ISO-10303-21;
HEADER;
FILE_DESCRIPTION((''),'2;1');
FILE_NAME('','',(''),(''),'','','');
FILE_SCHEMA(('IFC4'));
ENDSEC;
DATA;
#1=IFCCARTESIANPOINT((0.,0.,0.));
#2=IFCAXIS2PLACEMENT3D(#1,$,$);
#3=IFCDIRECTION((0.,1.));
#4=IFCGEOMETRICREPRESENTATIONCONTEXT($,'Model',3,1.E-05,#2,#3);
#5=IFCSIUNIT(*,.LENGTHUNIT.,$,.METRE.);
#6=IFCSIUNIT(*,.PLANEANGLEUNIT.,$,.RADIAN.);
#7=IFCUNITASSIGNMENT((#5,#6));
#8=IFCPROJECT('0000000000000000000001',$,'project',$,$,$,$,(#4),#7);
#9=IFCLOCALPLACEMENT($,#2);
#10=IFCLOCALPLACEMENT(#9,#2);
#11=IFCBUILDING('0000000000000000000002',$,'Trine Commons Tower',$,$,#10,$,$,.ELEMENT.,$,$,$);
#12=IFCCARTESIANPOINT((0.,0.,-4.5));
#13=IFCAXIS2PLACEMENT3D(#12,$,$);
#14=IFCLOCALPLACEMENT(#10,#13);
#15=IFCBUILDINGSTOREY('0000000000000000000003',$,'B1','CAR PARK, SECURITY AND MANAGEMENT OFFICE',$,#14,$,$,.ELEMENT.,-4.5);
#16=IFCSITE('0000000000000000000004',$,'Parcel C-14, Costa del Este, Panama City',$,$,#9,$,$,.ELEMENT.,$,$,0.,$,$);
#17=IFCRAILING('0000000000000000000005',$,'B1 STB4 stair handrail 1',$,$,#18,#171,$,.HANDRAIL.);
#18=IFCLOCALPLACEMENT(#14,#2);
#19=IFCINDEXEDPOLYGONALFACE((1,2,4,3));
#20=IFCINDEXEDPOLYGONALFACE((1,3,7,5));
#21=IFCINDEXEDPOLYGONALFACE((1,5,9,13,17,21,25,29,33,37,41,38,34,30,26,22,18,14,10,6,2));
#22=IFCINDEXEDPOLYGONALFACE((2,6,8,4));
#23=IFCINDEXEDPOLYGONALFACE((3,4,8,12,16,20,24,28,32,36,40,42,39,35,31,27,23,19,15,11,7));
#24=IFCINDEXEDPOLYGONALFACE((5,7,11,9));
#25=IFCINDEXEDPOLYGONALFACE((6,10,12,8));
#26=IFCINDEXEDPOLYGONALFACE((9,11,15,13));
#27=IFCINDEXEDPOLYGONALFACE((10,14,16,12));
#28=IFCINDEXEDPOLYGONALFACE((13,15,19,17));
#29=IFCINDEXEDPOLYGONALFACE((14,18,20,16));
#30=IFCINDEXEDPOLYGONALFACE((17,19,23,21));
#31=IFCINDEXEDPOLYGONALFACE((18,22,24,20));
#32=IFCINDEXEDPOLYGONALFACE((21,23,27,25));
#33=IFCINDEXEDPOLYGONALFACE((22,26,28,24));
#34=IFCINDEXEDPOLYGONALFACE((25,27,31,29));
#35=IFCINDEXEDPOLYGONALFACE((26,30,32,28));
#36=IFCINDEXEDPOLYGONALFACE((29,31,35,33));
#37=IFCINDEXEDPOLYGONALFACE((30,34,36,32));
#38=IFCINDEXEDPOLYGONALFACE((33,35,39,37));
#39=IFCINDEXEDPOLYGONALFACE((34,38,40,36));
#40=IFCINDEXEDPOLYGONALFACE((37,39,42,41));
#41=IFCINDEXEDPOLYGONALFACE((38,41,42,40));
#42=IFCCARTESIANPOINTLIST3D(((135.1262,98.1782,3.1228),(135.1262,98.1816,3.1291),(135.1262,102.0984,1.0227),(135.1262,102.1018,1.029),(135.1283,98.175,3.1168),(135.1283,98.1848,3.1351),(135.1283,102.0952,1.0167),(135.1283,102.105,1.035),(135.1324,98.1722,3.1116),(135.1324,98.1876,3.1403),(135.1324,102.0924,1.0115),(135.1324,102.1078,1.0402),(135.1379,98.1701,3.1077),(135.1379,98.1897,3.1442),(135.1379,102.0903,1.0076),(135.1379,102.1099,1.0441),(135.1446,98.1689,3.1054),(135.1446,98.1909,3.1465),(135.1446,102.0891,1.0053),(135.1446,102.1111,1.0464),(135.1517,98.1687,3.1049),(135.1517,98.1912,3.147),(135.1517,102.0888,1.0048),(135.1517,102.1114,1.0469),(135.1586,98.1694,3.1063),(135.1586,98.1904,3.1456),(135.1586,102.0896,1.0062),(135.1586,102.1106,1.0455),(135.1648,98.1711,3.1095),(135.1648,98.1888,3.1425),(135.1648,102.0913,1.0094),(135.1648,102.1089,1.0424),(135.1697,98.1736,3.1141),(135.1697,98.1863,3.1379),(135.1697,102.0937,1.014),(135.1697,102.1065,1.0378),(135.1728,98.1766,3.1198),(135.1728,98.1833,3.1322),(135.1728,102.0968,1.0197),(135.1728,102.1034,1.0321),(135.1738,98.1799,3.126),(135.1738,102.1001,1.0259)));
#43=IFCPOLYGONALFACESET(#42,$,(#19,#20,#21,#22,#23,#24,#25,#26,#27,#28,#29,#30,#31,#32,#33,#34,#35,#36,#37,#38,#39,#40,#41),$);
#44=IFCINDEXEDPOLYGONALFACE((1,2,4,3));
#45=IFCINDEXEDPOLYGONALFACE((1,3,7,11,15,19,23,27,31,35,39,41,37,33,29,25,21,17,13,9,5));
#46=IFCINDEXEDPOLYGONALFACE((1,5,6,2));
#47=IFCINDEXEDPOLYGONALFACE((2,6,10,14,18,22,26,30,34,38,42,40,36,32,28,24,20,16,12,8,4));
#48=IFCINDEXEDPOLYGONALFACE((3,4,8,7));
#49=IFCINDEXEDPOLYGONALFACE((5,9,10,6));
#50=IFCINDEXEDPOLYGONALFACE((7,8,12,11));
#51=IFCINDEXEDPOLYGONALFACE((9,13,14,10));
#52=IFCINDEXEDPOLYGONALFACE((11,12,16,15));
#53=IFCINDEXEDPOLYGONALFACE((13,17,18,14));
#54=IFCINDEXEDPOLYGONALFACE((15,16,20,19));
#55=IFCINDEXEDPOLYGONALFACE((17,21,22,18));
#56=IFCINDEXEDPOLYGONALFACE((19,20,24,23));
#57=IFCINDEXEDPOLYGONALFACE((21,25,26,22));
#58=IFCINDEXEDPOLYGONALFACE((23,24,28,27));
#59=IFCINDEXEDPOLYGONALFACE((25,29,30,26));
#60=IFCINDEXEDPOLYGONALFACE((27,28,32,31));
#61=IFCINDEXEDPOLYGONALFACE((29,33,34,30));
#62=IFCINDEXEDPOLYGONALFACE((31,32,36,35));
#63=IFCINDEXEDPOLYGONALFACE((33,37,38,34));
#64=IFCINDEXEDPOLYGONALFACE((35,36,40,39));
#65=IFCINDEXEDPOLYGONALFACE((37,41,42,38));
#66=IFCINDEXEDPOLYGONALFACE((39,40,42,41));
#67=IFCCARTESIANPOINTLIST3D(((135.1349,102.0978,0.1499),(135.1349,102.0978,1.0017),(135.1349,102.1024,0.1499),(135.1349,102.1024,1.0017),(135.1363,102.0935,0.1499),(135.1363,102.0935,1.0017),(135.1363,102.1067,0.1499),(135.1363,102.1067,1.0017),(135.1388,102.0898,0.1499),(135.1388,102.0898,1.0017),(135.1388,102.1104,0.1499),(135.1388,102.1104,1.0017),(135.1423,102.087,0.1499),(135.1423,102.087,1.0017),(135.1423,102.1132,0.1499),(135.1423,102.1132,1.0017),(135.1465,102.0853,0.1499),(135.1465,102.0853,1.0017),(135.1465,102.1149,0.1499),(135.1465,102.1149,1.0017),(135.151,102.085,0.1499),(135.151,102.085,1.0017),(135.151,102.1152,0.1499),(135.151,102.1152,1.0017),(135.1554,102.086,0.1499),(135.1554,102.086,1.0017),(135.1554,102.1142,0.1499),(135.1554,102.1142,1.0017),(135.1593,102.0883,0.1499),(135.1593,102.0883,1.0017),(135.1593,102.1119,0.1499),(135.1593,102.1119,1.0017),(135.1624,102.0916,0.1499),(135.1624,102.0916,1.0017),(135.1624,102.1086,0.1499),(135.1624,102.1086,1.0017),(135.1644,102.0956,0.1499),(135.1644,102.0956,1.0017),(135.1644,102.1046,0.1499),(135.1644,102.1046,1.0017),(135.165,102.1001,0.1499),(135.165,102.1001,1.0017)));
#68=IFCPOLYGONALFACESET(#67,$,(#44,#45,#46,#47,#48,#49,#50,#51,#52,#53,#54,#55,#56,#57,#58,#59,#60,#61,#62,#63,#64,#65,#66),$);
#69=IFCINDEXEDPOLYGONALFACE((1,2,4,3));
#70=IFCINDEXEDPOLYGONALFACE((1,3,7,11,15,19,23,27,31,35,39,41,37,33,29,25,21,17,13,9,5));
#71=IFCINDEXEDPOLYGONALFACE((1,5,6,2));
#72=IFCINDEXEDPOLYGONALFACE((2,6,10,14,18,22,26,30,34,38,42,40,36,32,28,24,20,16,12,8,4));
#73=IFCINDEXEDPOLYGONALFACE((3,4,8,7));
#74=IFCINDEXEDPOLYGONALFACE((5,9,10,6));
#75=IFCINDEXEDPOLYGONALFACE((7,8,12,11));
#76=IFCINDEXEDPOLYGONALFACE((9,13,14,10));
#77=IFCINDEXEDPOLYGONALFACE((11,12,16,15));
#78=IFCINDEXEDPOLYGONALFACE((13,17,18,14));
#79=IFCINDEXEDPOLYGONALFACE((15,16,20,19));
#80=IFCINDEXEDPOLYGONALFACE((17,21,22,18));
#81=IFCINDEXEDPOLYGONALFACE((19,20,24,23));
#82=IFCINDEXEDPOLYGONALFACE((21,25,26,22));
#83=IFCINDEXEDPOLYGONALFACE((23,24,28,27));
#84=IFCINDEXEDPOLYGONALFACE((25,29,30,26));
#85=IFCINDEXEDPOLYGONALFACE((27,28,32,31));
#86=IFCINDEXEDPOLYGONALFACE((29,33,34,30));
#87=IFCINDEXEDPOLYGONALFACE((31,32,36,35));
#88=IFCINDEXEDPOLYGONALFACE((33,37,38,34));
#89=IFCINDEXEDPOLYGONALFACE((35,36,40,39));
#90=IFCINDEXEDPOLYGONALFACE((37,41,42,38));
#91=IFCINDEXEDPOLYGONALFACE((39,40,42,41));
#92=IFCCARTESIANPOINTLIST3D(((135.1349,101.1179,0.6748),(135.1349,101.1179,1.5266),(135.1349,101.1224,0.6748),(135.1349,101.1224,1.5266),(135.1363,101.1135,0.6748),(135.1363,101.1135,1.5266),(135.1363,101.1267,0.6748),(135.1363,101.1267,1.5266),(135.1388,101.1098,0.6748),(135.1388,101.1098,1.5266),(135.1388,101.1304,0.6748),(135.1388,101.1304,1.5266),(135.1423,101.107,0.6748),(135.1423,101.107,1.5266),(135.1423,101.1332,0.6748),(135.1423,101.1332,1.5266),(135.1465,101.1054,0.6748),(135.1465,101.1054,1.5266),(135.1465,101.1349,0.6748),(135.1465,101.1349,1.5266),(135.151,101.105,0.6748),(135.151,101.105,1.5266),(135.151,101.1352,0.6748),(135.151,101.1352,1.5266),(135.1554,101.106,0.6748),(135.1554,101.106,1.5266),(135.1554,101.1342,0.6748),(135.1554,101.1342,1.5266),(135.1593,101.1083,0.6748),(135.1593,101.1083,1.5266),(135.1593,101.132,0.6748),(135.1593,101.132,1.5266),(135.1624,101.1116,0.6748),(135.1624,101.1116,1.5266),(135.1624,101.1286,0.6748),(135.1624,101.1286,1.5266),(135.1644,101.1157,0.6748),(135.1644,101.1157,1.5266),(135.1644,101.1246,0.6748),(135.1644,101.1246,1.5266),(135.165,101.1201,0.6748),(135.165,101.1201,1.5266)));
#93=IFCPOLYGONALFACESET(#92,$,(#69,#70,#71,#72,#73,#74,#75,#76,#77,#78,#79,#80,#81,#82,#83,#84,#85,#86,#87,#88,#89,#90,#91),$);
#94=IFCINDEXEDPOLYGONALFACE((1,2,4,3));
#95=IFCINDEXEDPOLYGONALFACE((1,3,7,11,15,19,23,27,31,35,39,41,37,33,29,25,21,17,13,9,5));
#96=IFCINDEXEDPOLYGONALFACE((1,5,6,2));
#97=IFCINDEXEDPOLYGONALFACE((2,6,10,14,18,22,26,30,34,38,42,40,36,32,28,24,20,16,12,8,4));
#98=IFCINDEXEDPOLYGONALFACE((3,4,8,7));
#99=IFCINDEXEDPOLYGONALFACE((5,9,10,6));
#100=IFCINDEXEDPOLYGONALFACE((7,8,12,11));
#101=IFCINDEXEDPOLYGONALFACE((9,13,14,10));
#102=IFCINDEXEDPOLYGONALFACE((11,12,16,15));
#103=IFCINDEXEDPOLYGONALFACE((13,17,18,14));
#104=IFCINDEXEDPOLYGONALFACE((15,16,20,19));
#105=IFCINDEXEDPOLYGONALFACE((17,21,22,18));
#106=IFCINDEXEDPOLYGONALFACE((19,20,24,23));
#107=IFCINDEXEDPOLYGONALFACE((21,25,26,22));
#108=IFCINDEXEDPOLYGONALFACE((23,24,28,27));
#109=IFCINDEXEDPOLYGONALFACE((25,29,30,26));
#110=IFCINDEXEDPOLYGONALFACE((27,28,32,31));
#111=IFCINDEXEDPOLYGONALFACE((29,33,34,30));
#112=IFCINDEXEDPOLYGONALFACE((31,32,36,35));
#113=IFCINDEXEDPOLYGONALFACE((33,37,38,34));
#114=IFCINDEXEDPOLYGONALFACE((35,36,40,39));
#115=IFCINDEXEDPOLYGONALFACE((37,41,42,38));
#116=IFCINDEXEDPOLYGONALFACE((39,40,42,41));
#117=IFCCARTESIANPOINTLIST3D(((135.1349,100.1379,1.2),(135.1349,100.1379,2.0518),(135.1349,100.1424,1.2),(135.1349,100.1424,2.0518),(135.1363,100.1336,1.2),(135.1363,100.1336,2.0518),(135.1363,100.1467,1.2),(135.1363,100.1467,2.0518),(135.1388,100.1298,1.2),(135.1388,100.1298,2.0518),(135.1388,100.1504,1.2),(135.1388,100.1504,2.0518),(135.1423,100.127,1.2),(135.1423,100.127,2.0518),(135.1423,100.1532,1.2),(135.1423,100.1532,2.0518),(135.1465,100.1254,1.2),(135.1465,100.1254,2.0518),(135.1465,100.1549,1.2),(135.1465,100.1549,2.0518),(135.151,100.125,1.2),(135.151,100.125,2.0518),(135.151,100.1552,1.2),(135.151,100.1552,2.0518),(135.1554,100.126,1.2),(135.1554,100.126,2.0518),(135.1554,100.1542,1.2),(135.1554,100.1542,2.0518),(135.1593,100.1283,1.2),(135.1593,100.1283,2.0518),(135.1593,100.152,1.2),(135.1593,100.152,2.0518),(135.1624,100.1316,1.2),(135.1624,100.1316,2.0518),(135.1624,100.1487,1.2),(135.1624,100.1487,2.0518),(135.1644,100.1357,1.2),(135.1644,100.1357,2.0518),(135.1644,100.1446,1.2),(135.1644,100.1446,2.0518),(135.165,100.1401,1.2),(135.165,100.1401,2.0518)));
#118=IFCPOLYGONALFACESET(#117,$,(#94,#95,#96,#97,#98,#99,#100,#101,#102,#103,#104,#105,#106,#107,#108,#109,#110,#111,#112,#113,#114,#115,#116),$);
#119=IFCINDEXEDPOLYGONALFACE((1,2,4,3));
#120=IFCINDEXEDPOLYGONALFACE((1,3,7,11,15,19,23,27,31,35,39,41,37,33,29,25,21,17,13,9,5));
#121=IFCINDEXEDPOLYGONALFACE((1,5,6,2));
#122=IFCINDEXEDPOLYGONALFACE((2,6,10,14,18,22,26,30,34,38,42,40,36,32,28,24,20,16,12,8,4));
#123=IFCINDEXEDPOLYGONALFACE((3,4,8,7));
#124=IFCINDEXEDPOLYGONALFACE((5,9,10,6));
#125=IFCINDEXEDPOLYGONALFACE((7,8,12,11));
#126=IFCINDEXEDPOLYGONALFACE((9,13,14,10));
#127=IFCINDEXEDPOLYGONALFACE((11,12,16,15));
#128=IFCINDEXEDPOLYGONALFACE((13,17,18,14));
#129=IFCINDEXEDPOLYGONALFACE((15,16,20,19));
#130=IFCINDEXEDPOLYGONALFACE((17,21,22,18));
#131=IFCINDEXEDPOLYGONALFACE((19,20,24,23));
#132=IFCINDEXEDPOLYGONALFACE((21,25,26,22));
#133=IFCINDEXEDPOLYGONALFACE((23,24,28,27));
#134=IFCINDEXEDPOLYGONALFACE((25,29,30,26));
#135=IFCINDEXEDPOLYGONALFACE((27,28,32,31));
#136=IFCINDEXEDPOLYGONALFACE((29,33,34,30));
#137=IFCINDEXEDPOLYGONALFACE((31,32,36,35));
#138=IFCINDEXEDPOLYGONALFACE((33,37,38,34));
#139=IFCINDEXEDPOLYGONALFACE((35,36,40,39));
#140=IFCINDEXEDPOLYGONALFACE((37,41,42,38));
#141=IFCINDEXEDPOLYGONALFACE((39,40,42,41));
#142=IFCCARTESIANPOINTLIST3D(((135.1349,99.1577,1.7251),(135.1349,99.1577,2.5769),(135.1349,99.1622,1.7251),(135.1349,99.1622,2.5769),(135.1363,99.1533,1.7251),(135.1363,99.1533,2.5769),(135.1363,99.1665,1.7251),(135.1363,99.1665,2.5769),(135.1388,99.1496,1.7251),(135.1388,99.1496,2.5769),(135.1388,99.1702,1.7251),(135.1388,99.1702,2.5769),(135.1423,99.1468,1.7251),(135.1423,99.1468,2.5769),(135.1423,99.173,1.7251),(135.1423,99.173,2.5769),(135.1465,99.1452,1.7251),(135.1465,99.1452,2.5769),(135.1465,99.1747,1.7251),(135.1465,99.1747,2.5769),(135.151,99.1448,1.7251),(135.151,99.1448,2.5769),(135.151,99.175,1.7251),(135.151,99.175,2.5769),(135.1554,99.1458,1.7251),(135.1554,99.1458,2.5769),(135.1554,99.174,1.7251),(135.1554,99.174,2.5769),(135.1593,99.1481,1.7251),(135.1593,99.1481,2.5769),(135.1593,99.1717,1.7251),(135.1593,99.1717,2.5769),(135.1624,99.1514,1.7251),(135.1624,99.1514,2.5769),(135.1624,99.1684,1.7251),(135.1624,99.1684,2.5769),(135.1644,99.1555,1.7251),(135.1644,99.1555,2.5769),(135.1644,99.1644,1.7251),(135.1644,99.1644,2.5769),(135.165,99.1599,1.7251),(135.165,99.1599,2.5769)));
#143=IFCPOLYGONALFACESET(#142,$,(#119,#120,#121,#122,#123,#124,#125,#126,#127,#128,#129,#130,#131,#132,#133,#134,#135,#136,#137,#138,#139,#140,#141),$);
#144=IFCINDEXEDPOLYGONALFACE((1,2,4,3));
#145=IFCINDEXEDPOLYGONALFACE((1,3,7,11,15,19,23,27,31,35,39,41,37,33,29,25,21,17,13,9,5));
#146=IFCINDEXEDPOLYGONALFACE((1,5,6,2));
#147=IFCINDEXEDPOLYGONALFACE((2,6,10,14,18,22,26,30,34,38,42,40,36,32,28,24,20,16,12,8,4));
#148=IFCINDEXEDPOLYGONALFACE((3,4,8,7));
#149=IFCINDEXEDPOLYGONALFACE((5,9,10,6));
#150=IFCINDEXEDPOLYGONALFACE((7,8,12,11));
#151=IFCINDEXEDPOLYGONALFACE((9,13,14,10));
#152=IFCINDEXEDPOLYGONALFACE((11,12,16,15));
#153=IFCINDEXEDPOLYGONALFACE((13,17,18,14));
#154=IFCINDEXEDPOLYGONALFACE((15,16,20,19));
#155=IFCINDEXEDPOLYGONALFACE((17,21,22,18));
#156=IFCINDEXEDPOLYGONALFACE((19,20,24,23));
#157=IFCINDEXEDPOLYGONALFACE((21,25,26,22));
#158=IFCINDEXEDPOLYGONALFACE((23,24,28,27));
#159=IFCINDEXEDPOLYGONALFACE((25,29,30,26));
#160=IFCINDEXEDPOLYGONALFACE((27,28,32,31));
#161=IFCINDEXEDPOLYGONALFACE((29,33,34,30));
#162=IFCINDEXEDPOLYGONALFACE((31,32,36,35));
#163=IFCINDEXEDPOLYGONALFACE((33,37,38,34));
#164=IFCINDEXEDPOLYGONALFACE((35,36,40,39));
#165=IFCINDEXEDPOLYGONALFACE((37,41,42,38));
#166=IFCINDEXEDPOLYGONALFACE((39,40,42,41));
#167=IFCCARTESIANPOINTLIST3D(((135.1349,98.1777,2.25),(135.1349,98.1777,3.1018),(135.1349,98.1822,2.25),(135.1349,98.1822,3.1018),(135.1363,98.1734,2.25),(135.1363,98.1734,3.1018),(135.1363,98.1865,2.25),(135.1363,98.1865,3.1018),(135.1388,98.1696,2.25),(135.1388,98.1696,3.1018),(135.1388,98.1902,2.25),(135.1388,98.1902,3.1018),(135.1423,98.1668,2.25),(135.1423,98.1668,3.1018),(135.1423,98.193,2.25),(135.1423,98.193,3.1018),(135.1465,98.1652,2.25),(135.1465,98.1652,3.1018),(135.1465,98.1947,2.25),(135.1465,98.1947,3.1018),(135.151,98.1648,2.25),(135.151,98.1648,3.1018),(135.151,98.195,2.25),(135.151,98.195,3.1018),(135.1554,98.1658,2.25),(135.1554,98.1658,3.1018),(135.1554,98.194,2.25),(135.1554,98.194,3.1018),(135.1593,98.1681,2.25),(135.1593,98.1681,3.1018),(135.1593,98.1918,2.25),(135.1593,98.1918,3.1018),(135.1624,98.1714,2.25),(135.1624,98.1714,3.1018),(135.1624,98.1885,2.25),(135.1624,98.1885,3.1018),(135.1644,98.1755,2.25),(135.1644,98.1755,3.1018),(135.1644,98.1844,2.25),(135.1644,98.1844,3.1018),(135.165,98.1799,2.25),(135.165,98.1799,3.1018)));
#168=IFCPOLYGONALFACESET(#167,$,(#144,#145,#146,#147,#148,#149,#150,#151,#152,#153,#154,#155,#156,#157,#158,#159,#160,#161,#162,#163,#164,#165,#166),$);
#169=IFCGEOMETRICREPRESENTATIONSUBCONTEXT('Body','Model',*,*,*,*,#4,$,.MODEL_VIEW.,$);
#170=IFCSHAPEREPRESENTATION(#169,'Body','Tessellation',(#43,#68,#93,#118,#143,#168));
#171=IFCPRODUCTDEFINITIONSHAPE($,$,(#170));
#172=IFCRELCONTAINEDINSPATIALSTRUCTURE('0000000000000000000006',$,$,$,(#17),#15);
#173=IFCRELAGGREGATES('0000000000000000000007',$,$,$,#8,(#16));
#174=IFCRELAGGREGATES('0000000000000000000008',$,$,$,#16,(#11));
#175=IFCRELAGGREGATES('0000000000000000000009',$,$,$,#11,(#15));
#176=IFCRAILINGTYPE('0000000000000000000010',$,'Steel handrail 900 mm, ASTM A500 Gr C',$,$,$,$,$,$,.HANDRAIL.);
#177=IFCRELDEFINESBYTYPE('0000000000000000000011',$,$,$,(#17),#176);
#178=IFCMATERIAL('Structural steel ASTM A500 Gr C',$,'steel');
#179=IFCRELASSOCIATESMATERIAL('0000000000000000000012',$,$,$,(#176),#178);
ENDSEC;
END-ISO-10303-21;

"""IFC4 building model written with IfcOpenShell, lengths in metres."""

from ifc_helpers import new_model, si_unit, direction, frame, origin, origin_2d, place, context, subcontext, project, spatial, circle, extrude, material, type_object, element, save


model = new_model("IFC4")

# Units and contexts
model_context = context("Model", 3, precision=1e-05, world=origin(), true_north=direction((0.0, 1.0)))
body_context = subcontext(model_context, "Body", "Model", "MODEL_VIEW")
ifc_project = project(units=[si_unit("LENGTHUNIT", "METRE"), si_unit("PLANEANGLEUNIT", "RADIAN")], contexts=[model_context])

# Site, building, storey
site_placement = place(None, origin())
site = spatial("IfcSite", under=ifc_project, at=site_placement, Name="Parcel C-14, Costa del Este, Panama City", CompositionType="ELEMENT", RefElevation=0.0)
building_placement = place(site_placement, origin())
building = spatial("IfcBuilding", under=site, at=building_placement, Name="Trine Commons Tower", CompositionType="ELEMENT")
storey_placement = place(building_placement, frame((0.0, 0.0, -4.5)))
storey = spatial("IfcBuildingStorey", under=building, at=storey_placement, Name="B1", Description="CAR PARK, SECURITY AND MANAGEMENT OFFICE", CompositionType="ELEMENT", Elevation=-4.5)

# Railing
ifc_material_1 = material(Name="Structural steel ASTM A500 Gr C", Category="steel")
railing_type_1 = type_object("IfcRailingType", Name="Steel handrail 900 mm, ASTM A500 Gr C", PredefinedType="HANDRAIL", material=ifc_material_1)
railing_1_placement = place(storey_placement, frame((135.1499, 102.1001, 0.1499)))
element("IfcRailing", 1, at=railing_1_placement, inside=storey, type_object=railing_type_1, Name="B1 STB4 stair handrail 1", PredefinedType="HANDRAIL", context=body_context, shape_type="SweptSolid", body=[
    extrude(circle(Radius=0.0239, at=origin_2d()), frame((0.0, 0.0, 0.876), z_axis=(0.0, -0.881479, 0.472223), x_axis=(1.0, 0.0, 0.0)), (0.0, 0.0, 1.0), 4.4473),
    extrude(circle(Radius=0.0151, at=origin_2d()), origin(), (0.0, 0.0, 1.0), 0.8518),
    extrude(circle(Radius=0.0151, at=origin_2d()), frame((0.0, -0.98, 0.5249)), (0.0, 0.0, 1.0), 0.8518),
    extrude(circle(Radius=0.0151, at=origin_2d()), frame((0.0, -1.96, 1.05)), (0.0, 0.0, 1.0), 0.8518),
    extrude(circle(Radius=0.0151, at=origin_2d()), frame((0.0, -2.9402, 1.5752)), (0.0, 0.0, 1.0), 0.8518),
    extrude(circle(Radius=0.0151, at=origin_2d()), frame((0.0, -3.9202, 2.1001)), (0.0, 0.0, 1.0), 0.8518),
])

save(model, "model.ifc")
